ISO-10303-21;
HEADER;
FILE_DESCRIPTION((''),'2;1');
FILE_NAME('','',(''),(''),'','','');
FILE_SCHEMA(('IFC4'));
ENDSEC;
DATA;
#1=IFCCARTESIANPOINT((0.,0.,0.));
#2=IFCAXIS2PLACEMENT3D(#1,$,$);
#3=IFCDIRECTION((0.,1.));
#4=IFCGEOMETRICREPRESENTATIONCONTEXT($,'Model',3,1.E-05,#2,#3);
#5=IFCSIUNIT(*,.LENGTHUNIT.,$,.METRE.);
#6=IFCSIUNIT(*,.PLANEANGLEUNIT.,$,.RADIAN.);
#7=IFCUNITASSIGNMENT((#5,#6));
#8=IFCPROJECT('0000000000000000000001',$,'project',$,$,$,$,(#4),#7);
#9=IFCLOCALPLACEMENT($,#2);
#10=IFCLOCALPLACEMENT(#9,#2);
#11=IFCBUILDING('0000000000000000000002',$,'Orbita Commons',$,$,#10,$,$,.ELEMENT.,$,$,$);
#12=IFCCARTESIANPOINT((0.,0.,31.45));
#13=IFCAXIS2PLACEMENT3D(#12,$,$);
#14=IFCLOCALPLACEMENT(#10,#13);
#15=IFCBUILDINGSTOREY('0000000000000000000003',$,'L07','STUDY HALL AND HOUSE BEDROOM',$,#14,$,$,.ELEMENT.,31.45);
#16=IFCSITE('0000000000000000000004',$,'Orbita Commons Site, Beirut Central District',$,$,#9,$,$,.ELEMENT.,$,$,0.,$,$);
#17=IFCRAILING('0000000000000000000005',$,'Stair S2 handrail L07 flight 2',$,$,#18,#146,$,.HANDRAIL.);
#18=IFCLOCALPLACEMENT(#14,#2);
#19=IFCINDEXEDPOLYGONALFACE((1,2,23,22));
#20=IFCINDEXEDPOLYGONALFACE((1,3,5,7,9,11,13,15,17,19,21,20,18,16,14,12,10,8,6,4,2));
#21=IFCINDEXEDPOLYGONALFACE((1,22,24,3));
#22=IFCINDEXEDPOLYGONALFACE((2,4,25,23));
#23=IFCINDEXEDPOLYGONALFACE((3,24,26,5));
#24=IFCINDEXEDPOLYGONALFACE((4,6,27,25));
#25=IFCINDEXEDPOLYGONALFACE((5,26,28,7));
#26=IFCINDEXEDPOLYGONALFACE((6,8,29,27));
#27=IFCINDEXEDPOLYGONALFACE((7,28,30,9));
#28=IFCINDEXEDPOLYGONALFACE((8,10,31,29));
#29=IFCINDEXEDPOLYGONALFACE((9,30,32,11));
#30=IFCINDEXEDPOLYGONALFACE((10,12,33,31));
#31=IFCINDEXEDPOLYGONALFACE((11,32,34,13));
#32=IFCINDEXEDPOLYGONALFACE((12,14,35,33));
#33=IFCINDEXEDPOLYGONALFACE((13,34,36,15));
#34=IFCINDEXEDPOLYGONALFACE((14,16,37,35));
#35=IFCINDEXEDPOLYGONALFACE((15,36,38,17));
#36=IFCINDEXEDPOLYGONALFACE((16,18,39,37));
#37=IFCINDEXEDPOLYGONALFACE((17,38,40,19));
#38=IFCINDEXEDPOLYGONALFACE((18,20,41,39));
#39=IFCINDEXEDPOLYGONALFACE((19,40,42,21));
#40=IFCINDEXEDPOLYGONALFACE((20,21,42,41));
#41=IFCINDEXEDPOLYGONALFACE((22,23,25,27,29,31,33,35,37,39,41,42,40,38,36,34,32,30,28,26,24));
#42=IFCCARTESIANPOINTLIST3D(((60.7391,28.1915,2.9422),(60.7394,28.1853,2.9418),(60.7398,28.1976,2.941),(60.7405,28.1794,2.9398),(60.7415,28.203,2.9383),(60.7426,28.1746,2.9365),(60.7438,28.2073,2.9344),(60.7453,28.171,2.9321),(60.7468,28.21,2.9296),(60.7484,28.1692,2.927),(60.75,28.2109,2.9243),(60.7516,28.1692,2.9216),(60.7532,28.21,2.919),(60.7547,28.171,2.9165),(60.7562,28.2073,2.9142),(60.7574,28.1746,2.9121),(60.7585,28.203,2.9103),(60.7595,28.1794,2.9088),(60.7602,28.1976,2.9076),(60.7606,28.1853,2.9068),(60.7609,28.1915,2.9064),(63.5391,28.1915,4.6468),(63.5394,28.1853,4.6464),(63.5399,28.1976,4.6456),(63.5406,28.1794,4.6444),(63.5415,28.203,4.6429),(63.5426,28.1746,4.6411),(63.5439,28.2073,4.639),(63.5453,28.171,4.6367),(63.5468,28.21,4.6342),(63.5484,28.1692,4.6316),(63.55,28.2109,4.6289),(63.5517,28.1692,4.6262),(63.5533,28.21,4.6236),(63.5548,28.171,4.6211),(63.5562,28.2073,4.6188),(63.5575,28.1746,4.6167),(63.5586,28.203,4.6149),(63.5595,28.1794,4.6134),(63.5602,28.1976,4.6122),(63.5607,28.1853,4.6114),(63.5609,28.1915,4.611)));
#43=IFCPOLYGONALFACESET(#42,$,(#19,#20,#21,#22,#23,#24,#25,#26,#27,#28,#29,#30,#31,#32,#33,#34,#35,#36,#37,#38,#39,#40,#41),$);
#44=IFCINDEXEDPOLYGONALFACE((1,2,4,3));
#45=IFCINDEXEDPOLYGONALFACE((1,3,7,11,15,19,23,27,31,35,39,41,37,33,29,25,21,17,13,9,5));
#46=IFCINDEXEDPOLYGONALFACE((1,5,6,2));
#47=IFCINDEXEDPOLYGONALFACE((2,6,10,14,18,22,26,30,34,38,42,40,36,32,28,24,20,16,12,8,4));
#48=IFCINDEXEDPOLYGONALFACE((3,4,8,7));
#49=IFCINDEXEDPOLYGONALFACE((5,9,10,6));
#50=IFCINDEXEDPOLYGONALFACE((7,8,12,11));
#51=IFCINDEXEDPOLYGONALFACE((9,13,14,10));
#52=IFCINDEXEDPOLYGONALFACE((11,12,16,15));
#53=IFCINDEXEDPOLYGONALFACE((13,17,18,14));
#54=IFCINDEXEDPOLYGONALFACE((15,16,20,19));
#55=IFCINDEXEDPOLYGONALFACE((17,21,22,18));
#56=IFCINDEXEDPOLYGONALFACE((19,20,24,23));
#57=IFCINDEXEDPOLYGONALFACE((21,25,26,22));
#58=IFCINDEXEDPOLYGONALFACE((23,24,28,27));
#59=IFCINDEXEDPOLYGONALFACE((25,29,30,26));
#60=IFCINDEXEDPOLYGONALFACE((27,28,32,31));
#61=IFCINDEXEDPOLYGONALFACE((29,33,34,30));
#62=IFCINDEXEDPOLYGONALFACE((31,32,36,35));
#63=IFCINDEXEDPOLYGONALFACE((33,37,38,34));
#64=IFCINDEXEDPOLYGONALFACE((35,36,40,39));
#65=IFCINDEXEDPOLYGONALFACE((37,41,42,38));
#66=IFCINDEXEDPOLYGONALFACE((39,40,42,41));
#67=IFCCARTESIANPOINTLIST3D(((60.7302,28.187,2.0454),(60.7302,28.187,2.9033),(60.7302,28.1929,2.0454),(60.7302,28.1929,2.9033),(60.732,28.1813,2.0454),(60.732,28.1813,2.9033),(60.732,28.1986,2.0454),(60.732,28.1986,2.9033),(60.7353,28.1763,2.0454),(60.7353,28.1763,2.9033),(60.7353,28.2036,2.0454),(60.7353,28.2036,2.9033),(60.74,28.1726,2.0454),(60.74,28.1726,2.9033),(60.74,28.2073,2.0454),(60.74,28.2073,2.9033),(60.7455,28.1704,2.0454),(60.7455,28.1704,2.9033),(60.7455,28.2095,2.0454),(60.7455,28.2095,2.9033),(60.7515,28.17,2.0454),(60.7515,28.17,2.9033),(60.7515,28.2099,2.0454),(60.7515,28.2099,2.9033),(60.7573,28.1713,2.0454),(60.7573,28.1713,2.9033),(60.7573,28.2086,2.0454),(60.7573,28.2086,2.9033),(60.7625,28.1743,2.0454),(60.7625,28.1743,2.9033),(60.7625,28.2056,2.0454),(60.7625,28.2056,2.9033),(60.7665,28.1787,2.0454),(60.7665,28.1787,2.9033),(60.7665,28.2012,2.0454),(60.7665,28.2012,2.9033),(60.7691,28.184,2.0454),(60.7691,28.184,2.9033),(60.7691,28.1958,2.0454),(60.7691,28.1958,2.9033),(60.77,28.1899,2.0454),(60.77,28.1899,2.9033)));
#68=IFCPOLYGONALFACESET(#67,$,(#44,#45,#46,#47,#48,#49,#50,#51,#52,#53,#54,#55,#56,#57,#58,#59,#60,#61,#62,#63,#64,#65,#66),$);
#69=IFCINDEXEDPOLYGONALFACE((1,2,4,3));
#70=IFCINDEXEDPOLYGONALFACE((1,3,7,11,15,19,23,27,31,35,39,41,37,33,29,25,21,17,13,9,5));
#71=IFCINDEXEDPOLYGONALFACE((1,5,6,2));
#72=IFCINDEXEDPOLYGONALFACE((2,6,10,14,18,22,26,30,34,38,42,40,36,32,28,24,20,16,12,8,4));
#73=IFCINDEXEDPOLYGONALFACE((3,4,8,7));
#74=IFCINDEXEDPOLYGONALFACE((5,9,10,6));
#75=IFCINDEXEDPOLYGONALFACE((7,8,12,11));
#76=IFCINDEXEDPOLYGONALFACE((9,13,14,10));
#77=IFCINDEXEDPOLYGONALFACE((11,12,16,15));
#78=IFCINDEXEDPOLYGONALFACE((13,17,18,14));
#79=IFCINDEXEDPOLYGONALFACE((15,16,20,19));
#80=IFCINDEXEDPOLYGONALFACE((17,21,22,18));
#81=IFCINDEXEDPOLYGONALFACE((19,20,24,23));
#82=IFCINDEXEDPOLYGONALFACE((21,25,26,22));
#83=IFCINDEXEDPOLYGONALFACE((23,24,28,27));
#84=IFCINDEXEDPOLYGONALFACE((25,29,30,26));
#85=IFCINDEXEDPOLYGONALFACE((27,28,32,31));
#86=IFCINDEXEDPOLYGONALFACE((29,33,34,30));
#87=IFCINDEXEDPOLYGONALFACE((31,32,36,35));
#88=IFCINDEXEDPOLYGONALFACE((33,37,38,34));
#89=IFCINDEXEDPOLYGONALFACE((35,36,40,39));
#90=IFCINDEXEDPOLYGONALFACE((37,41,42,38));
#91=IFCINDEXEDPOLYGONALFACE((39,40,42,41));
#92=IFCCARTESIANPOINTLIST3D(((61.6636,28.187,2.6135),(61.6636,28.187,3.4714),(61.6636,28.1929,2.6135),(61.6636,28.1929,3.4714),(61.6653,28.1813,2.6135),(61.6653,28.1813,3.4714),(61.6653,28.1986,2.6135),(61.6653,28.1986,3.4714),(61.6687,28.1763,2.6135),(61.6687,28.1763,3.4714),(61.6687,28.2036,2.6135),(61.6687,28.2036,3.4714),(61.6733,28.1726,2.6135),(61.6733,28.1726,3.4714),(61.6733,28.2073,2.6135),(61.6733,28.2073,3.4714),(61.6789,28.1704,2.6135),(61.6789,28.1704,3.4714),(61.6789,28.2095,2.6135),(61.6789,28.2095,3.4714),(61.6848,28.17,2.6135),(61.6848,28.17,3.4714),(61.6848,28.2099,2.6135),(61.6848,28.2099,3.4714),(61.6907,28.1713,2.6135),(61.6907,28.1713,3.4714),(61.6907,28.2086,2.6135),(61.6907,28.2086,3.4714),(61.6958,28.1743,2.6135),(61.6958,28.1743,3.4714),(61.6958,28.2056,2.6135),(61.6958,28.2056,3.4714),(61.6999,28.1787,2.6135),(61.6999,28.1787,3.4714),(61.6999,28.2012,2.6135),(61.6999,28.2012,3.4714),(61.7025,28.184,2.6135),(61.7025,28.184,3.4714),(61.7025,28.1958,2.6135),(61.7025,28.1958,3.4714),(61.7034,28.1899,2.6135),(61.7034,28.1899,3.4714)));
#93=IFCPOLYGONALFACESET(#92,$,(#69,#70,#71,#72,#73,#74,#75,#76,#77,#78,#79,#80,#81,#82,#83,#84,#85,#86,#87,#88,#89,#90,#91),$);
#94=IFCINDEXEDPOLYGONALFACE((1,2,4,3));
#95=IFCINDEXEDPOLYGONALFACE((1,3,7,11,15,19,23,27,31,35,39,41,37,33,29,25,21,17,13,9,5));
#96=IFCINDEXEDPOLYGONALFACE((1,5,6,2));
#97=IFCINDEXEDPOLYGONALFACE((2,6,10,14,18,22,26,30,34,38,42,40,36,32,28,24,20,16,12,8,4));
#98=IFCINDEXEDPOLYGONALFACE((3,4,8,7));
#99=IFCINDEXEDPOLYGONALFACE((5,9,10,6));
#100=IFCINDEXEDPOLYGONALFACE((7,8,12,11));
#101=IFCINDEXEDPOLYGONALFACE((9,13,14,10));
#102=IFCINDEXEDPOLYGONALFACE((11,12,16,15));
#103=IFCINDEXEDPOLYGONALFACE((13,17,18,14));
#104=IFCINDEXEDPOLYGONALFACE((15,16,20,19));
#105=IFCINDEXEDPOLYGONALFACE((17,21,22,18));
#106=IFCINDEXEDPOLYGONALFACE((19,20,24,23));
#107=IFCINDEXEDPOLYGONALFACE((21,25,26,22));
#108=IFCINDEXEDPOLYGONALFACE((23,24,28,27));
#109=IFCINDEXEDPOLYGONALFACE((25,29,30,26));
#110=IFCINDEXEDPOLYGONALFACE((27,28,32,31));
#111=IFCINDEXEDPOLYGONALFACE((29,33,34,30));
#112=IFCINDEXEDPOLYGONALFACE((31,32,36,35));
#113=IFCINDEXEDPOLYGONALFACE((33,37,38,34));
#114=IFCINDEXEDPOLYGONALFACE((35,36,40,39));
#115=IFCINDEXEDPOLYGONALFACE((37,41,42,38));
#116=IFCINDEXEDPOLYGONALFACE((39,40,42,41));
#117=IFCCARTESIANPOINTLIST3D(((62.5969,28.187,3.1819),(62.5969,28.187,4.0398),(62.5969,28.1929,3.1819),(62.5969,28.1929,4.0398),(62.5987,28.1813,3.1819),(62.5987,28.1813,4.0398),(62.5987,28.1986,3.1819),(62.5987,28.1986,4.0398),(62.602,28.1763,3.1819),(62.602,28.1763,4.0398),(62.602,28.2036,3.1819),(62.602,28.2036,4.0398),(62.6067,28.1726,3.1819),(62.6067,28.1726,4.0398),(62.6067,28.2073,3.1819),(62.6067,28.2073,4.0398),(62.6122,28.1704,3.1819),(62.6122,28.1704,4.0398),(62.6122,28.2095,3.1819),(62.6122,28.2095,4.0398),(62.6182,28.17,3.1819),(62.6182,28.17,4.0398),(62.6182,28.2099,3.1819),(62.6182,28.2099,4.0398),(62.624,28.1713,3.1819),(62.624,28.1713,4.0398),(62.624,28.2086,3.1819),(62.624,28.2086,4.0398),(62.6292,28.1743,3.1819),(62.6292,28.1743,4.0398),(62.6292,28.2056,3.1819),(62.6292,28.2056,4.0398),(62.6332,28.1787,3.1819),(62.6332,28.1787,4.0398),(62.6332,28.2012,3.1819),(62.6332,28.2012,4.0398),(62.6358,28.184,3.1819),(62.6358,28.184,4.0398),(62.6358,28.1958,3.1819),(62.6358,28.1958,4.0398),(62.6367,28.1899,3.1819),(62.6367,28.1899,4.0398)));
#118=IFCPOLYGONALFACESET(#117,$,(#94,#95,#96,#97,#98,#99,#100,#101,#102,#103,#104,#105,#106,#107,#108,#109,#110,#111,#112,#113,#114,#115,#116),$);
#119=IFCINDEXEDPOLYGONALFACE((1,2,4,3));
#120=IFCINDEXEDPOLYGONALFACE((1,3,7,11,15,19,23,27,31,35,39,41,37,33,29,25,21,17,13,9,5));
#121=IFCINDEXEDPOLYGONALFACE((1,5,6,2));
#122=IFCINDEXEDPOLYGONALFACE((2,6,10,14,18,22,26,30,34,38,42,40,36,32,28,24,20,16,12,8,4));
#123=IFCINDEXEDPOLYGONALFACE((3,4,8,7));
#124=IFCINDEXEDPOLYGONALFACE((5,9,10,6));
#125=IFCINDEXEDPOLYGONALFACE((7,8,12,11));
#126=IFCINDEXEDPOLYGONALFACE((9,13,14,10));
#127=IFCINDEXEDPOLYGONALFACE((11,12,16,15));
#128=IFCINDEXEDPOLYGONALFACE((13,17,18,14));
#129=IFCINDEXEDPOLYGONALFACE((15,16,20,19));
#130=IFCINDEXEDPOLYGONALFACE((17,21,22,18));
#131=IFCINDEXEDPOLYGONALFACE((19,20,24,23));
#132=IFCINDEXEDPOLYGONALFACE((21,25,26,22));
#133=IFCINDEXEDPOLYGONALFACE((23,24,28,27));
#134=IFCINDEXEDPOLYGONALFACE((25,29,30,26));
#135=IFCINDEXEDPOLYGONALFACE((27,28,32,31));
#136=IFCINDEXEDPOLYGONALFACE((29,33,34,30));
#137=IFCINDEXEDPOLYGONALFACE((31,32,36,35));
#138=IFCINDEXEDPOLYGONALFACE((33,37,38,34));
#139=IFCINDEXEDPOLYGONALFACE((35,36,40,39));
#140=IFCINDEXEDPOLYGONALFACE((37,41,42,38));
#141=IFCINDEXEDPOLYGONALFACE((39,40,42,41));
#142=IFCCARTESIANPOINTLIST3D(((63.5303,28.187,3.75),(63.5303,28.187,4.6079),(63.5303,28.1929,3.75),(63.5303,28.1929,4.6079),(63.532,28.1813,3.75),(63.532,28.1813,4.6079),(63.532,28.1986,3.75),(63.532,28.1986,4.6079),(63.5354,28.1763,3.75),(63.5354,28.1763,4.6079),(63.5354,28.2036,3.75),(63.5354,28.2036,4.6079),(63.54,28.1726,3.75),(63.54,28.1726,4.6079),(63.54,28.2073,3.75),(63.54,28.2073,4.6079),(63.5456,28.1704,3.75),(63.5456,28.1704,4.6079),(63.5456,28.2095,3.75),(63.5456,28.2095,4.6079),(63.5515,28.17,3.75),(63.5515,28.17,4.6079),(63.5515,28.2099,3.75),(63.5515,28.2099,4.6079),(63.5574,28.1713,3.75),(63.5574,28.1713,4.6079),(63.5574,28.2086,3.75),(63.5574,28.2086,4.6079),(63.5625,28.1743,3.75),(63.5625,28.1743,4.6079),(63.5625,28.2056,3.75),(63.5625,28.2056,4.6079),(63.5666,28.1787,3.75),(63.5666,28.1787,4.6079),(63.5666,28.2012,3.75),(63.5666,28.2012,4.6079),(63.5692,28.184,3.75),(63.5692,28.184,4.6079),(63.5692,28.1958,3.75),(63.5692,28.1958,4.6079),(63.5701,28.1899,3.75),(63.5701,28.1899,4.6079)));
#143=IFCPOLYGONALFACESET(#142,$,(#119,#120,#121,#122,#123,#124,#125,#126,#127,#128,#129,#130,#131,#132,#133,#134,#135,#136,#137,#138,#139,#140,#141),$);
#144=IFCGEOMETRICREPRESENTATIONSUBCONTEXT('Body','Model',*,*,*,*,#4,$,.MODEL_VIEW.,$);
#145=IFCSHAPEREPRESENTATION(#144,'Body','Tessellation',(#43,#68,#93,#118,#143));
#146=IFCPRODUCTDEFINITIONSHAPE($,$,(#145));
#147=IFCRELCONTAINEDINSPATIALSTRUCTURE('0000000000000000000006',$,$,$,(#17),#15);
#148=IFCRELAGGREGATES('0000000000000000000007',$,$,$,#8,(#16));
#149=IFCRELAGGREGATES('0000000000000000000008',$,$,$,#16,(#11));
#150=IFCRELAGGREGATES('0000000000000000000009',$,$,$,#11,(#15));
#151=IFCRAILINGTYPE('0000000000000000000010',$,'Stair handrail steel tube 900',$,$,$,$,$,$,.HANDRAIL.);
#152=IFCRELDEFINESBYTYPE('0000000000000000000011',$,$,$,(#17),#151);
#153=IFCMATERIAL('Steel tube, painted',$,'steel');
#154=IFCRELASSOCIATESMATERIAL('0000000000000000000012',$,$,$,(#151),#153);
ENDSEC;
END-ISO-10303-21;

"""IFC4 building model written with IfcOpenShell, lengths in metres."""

from ifc_helpers import new_model, si_unit, direction, frame, origin, origin_2d, place, context, subcontext, project, spatial, circle, extrude, material, type_object, element, save


model = new_model("IFC4")

# Units and contexts
model_context = context("Model", 3, precision=1e-05, world=origin(), true_north=direction((0.0, 1.0)))
body_context = subcontext(model_context, "Body", "Model", "MODEL_VIEW")
ifc_project = project(units=[si_unit("LENGTHUNIT", "METRE"), si_unit("PLANEANGLEUNIT", "RADIAN")], contexts=[model_context])

# Site, building, storey
site_placement = place(None, origin())
site = spatial("IfcSite", under=ifc_project, at=site_placement, Name="Orbita Commons Site, Beirut Central District", CompositionType="ELEMENT", RefElevation=0.0)
building_placement = place(site_placement, origin())
building = spatial("IfcBuilding", under=site, at=building_placement, Name="Orbita Commons", CompositionType="ELEMENT")
storey_placement = place(building_placement, frame((0.0, 0.0, 31.45)))
storey = spatial("IfcBuildingStorey", under=building, at=storey_placement, Name="L07", Description="STUDY HALL AND HOUSE BEDROOM", CompositionType="ELEMENT", Elevation=31.45)

# Railing
ifc_material_1 = material(Name="Steel tube, painted", Category="steel")
railing_type = type_object("IfcRailingType", Name="Stair handrail steel tube 900", PredefinedType="HANDRAIL", material=ifc_material_1)
for number, where, name in (
    (1, (60.75, 28.1899, 2.0454), "Stair S2 handrail L07 flight 2"),
):
    element("IfcRailing", number, at=place(storey_placement, frame(where)), inside=storey, type_object=railing_type, Name=name, PredefinedType="HANDRAIL", context=body_context, shape_type="SweptSolid", body=[
        extrude(circle(Radius=0.021, at=origin_2d()), frame((0.0, 0.0, 0.8789), z_axis=(0.85417, 0.0, 0.519994), x_axis=(0.0, 1.0, 0.0)), (0.0, 0.0, 1.0), 3.2781),
        extrude(circle(Radius=0.02, at=origin_2d()), origin(), (0.0, 0.0, 1.0), 0.8579),
        extrude(circle(Radius=0.02, at=origin_2d()), frame((0.9333, 0.0, 0.5681)), (0.0, 0.0, 1.0), 0.8579),
        extrude(circle(Radius=0.02, at=origin_2d()), frame((1.8667, 0.0, 1.1365)), (0.0, 0.0, 1.0), 0.8579),
        extrude(circle(Radius=0.02, at=origin_2d()), frame((2.8, 0.0, 1.7046)), (0.0, 0.0, 1.0), 0.8579),
    ])

save(model, "model.ifc")
